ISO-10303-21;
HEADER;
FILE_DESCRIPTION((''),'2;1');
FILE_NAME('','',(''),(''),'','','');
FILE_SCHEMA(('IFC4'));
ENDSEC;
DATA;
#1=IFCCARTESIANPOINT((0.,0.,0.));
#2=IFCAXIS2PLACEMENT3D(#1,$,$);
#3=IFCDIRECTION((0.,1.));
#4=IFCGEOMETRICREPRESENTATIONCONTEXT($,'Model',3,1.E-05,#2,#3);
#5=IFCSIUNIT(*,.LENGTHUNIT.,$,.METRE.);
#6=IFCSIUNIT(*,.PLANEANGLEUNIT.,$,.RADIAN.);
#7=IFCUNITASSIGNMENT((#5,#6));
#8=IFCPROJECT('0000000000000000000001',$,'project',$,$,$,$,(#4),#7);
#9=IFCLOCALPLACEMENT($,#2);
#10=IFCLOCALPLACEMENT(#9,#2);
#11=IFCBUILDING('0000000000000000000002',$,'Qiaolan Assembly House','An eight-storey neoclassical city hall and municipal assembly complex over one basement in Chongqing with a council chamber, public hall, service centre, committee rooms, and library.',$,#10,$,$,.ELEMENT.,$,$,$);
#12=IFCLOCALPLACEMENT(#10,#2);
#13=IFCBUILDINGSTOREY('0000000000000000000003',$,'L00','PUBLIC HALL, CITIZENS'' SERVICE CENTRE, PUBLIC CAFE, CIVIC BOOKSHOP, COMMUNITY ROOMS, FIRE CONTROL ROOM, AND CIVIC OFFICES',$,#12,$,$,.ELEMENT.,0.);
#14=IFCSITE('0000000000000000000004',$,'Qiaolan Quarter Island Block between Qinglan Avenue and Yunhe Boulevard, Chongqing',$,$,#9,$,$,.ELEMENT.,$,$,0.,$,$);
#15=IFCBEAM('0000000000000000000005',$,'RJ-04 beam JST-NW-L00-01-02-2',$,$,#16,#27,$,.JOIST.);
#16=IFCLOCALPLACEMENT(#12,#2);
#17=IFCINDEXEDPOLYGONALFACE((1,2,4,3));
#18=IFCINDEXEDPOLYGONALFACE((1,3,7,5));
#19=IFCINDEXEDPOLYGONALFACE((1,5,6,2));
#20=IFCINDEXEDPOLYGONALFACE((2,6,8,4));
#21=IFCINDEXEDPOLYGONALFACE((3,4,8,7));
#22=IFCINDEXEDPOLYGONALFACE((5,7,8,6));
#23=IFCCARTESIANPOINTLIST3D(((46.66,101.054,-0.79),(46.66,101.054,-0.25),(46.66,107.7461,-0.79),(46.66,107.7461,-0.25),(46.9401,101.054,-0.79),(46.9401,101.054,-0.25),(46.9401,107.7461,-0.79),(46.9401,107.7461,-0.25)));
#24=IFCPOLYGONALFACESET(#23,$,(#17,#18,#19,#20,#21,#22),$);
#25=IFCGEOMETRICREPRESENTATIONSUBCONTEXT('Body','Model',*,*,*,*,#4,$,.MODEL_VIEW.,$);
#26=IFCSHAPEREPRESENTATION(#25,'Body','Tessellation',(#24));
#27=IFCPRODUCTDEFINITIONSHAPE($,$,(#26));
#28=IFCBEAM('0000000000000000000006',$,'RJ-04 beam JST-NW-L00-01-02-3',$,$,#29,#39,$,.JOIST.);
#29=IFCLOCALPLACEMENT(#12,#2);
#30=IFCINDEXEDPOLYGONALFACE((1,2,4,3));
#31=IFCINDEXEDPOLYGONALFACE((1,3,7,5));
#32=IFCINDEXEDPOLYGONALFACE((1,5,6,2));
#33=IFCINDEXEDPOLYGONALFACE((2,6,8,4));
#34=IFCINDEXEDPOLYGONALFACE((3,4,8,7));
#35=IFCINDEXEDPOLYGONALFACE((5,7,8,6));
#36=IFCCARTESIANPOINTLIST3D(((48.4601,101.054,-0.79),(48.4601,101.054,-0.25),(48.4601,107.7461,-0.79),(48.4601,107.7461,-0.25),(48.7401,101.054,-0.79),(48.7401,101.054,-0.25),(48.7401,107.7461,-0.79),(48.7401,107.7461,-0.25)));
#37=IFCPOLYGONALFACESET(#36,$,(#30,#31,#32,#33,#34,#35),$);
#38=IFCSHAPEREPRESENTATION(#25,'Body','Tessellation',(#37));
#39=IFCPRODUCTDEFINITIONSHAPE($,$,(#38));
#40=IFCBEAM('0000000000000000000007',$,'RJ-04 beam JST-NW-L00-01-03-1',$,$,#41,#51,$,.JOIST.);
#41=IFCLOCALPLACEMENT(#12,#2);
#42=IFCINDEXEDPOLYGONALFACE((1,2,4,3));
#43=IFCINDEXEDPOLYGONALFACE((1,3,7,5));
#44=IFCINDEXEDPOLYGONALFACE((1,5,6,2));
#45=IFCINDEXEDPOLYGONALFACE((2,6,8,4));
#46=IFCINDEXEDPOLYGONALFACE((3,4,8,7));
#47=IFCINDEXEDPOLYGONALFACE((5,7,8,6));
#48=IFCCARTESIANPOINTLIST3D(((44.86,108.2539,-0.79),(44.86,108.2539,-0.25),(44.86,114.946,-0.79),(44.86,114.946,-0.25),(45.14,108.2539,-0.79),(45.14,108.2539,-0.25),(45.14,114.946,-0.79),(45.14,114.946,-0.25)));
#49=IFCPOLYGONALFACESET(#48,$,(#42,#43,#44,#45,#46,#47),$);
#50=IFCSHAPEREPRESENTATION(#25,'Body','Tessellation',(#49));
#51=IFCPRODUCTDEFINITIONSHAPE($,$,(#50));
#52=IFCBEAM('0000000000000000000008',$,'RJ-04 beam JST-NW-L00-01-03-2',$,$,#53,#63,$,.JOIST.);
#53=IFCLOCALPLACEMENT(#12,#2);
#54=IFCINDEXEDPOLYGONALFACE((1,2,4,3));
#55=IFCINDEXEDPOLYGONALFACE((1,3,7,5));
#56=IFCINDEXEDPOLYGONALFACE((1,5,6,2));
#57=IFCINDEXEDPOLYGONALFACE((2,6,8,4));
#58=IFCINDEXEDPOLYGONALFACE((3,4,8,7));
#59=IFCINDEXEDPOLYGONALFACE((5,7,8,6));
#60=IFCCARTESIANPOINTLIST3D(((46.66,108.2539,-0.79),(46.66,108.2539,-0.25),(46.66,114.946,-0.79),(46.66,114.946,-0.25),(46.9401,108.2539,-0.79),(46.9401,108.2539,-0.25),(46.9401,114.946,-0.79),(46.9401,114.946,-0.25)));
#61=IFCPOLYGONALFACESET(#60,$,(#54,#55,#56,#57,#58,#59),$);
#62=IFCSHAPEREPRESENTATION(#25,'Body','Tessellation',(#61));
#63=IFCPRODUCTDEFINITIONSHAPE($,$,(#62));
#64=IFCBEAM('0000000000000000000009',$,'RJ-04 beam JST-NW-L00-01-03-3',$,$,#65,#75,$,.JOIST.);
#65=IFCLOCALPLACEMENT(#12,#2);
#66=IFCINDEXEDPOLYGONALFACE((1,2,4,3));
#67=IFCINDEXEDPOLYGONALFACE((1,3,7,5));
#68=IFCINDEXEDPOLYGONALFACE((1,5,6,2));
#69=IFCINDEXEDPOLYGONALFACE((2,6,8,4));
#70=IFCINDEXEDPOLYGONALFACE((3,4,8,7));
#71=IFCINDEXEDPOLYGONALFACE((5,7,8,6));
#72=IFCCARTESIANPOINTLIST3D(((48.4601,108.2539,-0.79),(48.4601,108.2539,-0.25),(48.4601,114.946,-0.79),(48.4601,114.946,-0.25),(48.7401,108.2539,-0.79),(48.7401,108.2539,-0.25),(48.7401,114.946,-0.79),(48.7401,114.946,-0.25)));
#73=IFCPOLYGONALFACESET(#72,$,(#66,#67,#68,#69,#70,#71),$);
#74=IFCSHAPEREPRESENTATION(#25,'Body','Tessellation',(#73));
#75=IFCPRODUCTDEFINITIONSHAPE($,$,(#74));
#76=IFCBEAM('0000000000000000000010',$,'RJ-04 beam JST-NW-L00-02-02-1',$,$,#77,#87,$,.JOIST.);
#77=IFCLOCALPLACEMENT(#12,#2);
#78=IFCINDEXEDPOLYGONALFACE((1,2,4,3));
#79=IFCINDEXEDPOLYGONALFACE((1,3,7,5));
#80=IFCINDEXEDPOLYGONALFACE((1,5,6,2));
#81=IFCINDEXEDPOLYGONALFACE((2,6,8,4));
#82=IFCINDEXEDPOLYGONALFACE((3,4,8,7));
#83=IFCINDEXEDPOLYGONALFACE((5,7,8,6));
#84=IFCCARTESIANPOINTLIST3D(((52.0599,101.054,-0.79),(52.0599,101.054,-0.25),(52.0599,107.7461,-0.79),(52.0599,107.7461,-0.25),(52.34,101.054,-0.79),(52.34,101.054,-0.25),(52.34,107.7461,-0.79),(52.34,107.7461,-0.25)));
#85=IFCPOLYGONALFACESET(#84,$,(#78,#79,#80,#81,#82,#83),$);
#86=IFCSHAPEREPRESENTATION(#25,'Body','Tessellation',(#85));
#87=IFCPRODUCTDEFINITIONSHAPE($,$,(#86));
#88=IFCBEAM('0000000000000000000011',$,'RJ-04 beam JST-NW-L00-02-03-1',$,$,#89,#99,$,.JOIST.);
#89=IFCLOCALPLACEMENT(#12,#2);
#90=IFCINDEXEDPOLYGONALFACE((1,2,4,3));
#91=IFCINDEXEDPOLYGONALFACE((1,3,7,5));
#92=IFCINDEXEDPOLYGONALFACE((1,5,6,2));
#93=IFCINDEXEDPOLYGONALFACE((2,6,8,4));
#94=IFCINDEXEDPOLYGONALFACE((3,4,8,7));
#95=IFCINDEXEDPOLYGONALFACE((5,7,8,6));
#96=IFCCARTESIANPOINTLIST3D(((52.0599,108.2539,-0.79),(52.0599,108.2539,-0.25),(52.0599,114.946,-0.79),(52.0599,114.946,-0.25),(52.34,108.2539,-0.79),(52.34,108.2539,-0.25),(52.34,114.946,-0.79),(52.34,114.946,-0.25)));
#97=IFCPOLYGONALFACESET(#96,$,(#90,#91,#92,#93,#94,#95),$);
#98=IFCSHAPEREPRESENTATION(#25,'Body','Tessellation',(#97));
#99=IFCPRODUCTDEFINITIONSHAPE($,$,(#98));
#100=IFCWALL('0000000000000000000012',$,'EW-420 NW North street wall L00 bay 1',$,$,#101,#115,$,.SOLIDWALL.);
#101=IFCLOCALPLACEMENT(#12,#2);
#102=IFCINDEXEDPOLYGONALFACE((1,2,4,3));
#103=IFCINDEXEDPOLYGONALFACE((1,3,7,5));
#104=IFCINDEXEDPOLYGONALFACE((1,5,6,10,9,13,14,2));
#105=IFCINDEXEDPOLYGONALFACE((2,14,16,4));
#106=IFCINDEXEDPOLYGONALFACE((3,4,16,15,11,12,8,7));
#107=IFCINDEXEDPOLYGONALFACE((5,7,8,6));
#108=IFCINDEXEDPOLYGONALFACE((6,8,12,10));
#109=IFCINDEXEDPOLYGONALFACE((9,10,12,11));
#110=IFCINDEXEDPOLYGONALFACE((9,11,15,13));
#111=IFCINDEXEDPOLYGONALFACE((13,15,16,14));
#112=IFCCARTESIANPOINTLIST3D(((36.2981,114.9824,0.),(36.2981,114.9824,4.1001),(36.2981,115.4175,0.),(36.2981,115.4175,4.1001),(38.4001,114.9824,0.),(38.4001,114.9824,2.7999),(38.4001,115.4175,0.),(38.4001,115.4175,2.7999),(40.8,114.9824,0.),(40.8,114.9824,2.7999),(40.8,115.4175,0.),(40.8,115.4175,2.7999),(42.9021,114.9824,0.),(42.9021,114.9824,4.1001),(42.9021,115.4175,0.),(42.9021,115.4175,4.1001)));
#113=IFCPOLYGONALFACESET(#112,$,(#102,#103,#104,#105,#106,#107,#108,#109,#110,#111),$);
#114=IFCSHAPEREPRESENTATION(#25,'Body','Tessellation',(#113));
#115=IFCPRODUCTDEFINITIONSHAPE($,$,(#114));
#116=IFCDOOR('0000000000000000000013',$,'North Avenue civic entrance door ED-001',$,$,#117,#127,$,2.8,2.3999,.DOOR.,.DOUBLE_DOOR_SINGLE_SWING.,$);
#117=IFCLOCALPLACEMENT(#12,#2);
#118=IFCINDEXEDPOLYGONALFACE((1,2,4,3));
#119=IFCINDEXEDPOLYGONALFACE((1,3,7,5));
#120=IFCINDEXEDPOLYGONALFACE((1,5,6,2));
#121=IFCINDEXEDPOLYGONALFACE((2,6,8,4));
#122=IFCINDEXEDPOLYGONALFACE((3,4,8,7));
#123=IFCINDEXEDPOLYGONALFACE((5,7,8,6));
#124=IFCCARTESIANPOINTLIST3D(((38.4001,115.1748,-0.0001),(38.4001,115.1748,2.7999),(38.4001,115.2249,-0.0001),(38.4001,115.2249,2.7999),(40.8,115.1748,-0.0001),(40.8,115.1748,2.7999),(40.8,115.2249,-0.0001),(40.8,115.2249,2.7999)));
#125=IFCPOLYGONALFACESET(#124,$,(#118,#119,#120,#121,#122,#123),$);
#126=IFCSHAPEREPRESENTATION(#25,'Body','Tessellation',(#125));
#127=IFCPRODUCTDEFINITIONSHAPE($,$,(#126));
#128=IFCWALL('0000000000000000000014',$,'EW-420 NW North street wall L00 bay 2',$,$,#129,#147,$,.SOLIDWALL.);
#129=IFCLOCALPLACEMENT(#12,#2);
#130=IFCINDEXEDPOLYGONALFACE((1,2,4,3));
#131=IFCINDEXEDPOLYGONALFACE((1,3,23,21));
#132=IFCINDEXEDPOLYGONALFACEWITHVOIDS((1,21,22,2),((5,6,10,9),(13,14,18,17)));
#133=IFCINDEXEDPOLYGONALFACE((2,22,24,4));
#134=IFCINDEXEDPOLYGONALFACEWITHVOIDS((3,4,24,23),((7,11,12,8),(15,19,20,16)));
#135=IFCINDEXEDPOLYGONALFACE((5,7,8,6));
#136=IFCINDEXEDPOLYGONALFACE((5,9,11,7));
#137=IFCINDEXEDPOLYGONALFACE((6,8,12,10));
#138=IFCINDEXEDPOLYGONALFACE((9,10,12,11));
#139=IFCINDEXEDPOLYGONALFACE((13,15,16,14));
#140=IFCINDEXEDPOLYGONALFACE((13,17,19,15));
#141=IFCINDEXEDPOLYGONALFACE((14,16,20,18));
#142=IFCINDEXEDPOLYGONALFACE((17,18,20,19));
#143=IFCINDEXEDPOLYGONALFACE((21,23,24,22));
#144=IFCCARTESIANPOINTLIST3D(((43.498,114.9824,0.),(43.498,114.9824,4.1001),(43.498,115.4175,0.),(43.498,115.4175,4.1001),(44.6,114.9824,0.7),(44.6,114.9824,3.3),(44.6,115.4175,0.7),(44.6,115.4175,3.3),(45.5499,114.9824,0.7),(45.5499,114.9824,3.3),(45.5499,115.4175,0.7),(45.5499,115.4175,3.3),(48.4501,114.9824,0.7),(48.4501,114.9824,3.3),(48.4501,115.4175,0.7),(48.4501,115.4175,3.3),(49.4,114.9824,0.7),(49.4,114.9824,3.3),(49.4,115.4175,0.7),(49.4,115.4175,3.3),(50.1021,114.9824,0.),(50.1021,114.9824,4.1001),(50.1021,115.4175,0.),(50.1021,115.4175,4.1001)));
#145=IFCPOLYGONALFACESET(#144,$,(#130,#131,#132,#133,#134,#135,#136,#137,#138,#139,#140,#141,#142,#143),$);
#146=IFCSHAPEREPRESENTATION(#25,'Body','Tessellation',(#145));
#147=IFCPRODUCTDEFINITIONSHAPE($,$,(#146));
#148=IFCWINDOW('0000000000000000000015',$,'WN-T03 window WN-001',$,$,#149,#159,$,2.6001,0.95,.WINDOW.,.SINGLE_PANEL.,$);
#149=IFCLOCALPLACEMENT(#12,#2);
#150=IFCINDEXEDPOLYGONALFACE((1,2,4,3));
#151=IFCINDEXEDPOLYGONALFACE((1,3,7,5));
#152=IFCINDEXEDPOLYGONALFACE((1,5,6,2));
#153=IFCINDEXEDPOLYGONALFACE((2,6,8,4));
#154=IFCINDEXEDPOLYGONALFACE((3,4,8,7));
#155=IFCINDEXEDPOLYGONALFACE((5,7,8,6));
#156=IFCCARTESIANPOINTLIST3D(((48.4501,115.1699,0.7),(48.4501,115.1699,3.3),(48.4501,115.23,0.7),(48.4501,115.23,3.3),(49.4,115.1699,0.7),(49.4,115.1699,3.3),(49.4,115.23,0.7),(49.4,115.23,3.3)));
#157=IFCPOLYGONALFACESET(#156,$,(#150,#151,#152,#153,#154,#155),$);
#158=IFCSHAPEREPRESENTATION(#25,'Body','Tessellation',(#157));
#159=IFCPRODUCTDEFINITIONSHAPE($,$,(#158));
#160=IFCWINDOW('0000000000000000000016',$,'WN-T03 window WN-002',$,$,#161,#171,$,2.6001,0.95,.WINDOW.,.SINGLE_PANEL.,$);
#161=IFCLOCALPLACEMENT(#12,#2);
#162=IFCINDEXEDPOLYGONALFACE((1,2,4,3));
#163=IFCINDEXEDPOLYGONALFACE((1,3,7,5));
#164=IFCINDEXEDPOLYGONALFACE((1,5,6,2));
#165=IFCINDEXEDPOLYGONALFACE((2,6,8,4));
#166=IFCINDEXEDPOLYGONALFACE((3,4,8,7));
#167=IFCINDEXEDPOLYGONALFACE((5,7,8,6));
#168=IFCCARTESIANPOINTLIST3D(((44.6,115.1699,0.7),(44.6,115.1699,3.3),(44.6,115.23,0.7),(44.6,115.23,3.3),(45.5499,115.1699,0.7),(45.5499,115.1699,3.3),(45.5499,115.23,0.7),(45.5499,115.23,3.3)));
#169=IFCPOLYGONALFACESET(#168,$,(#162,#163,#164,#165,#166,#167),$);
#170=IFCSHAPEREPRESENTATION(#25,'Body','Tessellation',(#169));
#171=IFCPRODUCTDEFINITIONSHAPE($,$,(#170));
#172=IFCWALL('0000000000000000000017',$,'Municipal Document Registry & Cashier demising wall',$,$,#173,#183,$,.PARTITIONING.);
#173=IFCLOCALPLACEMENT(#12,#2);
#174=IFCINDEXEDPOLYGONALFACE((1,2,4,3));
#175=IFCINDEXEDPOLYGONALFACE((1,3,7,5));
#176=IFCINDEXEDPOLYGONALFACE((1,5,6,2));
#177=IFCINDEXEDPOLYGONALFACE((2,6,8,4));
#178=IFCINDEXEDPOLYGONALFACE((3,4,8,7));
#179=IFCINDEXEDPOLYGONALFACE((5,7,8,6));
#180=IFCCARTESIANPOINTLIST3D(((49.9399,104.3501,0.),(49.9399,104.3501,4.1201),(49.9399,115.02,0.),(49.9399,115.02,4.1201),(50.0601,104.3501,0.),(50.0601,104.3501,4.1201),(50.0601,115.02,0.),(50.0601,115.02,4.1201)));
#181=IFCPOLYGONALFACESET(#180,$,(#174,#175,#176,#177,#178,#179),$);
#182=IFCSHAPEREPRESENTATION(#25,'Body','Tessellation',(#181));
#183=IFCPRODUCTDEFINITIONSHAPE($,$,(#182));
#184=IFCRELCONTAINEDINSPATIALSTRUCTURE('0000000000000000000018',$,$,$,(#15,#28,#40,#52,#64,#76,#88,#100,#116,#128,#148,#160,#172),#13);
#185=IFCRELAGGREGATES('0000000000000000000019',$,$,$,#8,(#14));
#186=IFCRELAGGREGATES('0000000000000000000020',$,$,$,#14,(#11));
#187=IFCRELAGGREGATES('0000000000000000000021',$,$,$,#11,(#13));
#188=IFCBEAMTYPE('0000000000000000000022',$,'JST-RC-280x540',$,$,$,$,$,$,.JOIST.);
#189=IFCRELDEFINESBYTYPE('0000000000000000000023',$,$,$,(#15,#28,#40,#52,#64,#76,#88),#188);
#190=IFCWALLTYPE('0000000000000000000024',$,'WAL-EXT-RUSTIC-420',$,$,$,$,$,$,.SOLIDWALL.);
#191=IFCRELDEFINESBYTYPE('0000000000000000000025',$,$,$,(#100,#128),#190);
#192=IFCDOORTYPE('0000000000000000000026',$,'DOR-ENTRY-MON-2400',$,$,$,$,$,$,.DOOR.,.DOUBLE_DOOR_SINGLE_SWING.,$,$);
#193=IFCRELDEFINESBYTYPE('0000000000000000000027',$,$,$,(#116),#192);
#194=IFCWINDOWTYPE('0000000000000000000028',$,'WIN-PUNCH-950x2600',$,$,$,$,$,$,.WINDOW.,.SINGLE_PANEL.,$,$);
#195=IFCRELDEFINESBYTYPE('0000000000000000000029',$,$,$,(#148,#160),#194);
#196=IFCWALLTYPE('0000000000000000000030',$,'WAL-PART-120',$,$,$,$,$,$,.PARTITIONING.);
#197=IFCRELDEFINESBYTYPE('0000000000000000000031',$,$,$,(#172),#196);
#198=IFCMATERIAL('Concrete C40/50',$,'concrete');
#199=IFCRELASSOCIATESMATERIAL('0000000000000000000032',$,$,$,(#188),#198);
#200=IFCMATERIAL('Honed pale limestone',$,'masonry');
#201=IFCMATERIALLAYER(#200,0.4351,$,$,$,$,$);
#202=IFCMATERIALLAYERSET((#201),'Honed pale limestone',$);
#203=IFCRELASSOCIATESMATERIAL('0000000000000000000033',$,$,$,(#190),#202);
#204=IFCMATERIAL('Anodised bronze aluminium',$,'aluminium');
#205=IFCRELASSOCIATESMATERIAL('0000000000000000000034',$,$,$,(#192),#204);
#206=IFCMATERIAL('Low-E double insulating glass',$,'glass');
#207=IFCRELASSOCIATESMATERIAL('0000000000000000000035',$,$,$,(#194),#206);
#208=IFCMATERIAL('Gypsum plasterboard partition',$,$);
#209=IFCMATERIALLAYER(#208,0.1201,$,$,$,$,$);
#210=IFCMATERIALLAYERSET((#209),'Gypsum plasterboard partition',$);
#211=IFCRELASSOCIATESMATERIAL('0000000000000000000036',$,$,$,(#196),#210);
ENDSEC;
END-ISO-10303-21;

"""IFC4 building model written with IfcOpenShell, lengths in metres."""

from ifc_helpers import new_model, si_unit, direction, frame, frame_2d, origin, origin_2d, place, context, subcontext, project, spatial, rectangle, extrude, material, layer, layer_set, material_profile, profile_set, type_object, element, fill, save


model = new_model("IFC4")

# Units and contexts
model_context = context("Model", 3, precision=1e-05, world=origin(), true_north=direction((0.0, 1.0)))
body_context = subcontext(model_context, "Body", "Model", "MODEL_VIEW")
ifc_project = project(units=[si_unit("LENGTHUNIT", "METRE"), si_unit("PLANEANGLEUNIT", "RADIAN")], contexts=[model_context])

# Site, building, storey
site_placement = place(None, origin())
site = spatial("IfcSite", under=ifc_project, at=site_placement, Name="Qiaolan Quarter Island Block between Qinglan Avenue and Yunhe Boulevard, Chongqing", CompositionType="ELEMENT", RefElevation=0.0)
building_placement = place(site_placement, origin())
building = spatial("IfcBuilding", under=site, at=building_placement, Name="Qiaolan Assembly House", Description="An eight-storey neoclassical city hall and municipal assembly complex over one basement in Chongqing with a council chamber, public hall, service centre, committee rooms, and library.", CompositionType="ELEMENT")
storey_placement = place(building_placement, origin())
storey = spatial("IfcBuildingStorey", under=building, at=storey_placement, Name="L00", Description="PUBLIC HALL, CITIZENS' SERVICE CENTRE, PUBLIC CAFE, CIVIC BOOKSHOP, COMMUNITY ROOMS, FIRE CONTROL ROOM, AND CIVIC OFFICES", CompositionType="ELEMENT", Elevation=0.0)

# Beams
ifc_material_1 = material(Name="Concrete C40/50", Category="concrete")
ifc_material_profile_1 = material_profile(ifc_material_1, rectangle(XDim=0.28, YDim=0.54, at=origin_2d()), Name="RCB 280x540")
ifc_profile_set_1 = profile_set([ifc_material_profile_1], Name="Concrete C40/50")
beam_type_1 = type_object("IfcBeamType", Name="JST-RC-280x540", PredefinedType="JOIST", material=ifc_profile_set_1)
for number, where, z_axis, x_axis, name in (
    (1, (46.8, 101.054, -0.52), (0.0, 1.0, 0.0), (-1.0, 0.0, 0.0), "RJ-04 beam JST-NW-L00-01-02-2"),
    (2, (48.6001, 101.054, -0.52), (0.0, 1.0, 0.0), (-1.0, 0.0, 0.0), "RJ-04 beam JST-NW-L00-01-02-3"),
    (3, (45.0, 108.2539, -0.52), (0.0, 1.0, 0.0), (-1.0, 0.0, 0.0), "RJ-04 beam JST-NW-L00-01-03-1"),
    (4, (46.8, 108.2539, -0.52), (0.0, 1.0, 0.0), (-1.0, 0.0, 0.0), "RJ-04 beam JST-NW-L00-01-03-2"),
    (5, (48.6001, 108.2539, -0.52), (0.0, 1.0, 0.0), (-1.0, 0.0, 0.0), "RJ-04 beam JST-NW-L00-01-03-3"),
    (6, (52.2, 101.054, -0.52), (0.0, 1.0, 0.0), (-1.0, 0.0, 0.0), "RJ-04 beam JST-NW-L00-02-02-1"),
    (7, (52.2, 108.2539, -0.52), (0.0, 1.0, 0.0), (-1.0, 0.0, 0.0), "RJ-04 beam JST-NW-L00-02-03-1"),
):
    element("IfcBeam", number, at=place(storey_placement, frame(where, z_axis=z_axis, x_axis=x_axis)), inside=storey, type_object=beam_type_1, Name=name, PredefinedType="JOIST", context=body_context, shape_type="SweptSolid", body=[
        extrude(rectangle(XDim=0.28, YDim=0.54, at=origin_2d()), origin(), (0.0, 0.0, 1.0), 6.6921),
    ])

# Wall, opening, door
ifc_material_2 = material(Name="Honed pale limestone", Category="masonry")
ifc_layer_1 = layer(ifc_material_2, 0.4351)
ifc_layer_set_1 = layer_set([ifc_layer_1], Name="Honed pale limestone")
wall_type_1 = type_object("IfcWallType", Name="WAL-EXT-RUSTIC-420", PredefinedType="SOLIDWALL", material=ifc_layer_set_1)
wall_1_placement = place(storey_placement, frame((42.9021, 115.2, 0.0), z_axis=(0.0, 0.0, 1.0), x_axis=(-1.0, 0.0, 0.0)))
wall_1 = element("IfcWall", 8, at=wall_1_placement, inside=storey, type_object=wall_type_1, Name="EW-420 NW North street wall L00 bay 1", PredefinedType="SOLIDWALL", context=body_context, shape_type="SweptSolid", body=[
    extrude(rectangle(XDim=6.604, YDim=0.4351, at=frame_2d((3.302, 0.0))), origin(), (0.0, 0.0, 1.0), 4.1001),
])
opening_1_placement = place(wall_1_placement, frame((2.1021, 0.0, 0.0)))
opening_1 = element("IfcOpeningElement", 9, at=opening_1_placement, cuts=wall_1, PredefinedType="OPENING", context=body_context, shape_type="SweptSolid", body=[
    extrude(rectangle(XDim=2.3999, YDim=2.8, at=frame_2d((1.2, 1.3999))), frame((0.0, 0.2275, 0.0), z_axis=(0.0, -1.0, 0.0), x_axis=(1.0, 0.0, 0.0)), (0.0, 0.0, 1.0), 0.4551),
])
ifc_material_3 = material(Name="Anodised bronze aluminium", Category="aluminium")
door_type_1 = type_object("IfcDoorType", Name="DOR-ENTRY-MON-2400", OperationType="DOUBLE_DOOR_SINGLE_SWING", PredefinedType="DOOR", material=ifc_material_3)
door_1_placement = place(opening_1_placement, frame((2.3999, 0.0, 0.0), z_axis=(0.0, 0.0, 1.0), x_axis=(-1.0, 0.0, 0.0)))
door_1 = element("IfcDoor", 10, at=door_1_placement, inside=storey, type_object=door_type_1, Name="North Avenue civic entrance door ED-001", OperationType="DOUBLE_DOOR_SINGLE_SWING", OverallHeight=2.8, OverallWidth=2.3999, PredefinedType="DOOR", context=body_context, shape_type="SweptSolid", body=[
    extrude(rectangle(XDim=2.3999, YDim=2.8, at=frame_2d((1.2, 1.3999))), frame((0.0, 0.0249, 0.0), z_axis=(0.0, -1.0, 0.0), x_axis=(1.0, 0.0, 0.0)), (0.0, 0.0, 1.0), 0.05),
])
fill(opening_1, door_1)

# Wall, openings, windows
wall_2_placement = place(storey_placement, frame((50.1021, 115.2, 0.0), z_axis=(0.0, 0.0, 1.0), x_axis=(-1.0, 0.0, 0.0)))
wall_2 = element("IfcWall", 11, at=wall_2_placement, inside=storey, type_object=wall_type_1, Name="EW-420 NW North street wall L00 bay 2", PredefinedType="SOLIDWALL", context=body_context, shape_type="SweptSolid", body=[
    extrude(rectangle(XDim=6.604, YDim=0.4351, at=frame_2d((3.302, 0.0))), origin(), (0.0, 0.0, 1.0), 4.1001),
])
opening_2_placement = place(wall_2_placement, frame((0.7019, 0.0, 0.7)))
opening_2 = element("IfcOpeningElement", 12, at=opening_2_placement, cuts=wall_2, PredefinedType="OPENING", context=body_context, shape_type="SweptSolid", body=[
    extrude(rectangle(XDim=0.95, YDim=2.6001, at=frame_2d((0.4751, 1.3))), frame((0.0, 0.2275, 0.0), z_axis=(0.0, -1.0, 0.0), x_axis=(1.0, 0.0, 0.0)), (0.0, 0.0, 1.0), 0.4551),
])
opening_3_placement = place(wall_2_placement, frame((4.552, 0.0, 0.7)))
opening_3 = element("IfcOpeningElement", 13, at=opening_3_placement, cuts=wall_2, PredefinedType="OPENING", context=body_context, shape_type="SweptSolid", body=[
    extrude(rectangle(XDim=0.95, YDim=2.6001, at=frame_2d((0.4751, 1.3))), frame((0.0, 0.2275, 0.0), z_axis=(0.0, -1.0, 0.0), x_axis=(1.0, 0.0, 0.0)), (0.0, 0.0, 1.0), 0.4551),
])
ifc_material_4 = material(Name="Low-E double insulating glass", Category="glass")
window_type = type_object("IfcWindowType", Name="WIN-PUNCH-950x2600", PartitioningType="SINGLE_PANEL", PredefinedType="WINDOW", material=ifc_material_4)
window_1_placement = place(opening_2_placement, origin())
window_1 = element("IfcWindow", 14, at=window_1_placement, inside=storey, type_object=window_type, Name="WN-T03 window WN-001", OverallHeight=2.6001, OverallWidth=0.95, PartitioningType="SINGLE_PANEL", PredefinedType="WINDOW", context=body_context, shape_type="SweptSolid", body=[
    extrude(rectangle(XDim=0.95, YDim=2.6001, at=frame_2d((0.4751, 1.3))), frame((0.0, 0.03, 0.0), z_axis=(0.0, -1.0, 0.0), x_axis=(1.0, 0.0, 0.0)), (0.0, 0.0, 1.0), 0.0601),
])
fill(opening_2, window_1)
window_2_placement = place(opening_3_placement, origin())
window_2 = element("IfcWindow", 15, at=window_2_placement, inside=storey, type_object=window_type, Name="WN-T03 window WN-002", OverallHeight=2.6001, OverallWidth=0.95, PartitioningType="SINGLE_PANEL", PredefinedType="WINDOW", context=body_context, shape_type="SweptSolid", body=[
    extrude(rectangle(XDim=0.95, YDim=2.6001, at=frame_2d((0.4751, 1.3))), frame((0.0, 0.03, 0.0), z_axis=(0.0, -1.0, 0.0), x_axis=(1.0, 0.0, 0.0)), (0.0, 0.0, 1.0), 0.0601),
])
fill(opening_3, window_2)

# Wall
ifc_material_5 = material(Name="Gypsum plasterboard partition")
ifc_layer_2 = layer(ifc_material_5, 0.1201)
ifc_layer_set_2 = layer_set([ifc_layer_2], Name="Gypsum plasterboard partition")
wall_type_2 = type_object("IfcWallType", Name="WAL-PART-120", PredefinedType="PARTITIONING", material=ifc_layer_set_2)
wall_3_placement = place(storey_placement, frame((50.0, 104.3501, 0.0), z_axis=(0.0, 0.0, 1.0), x_axis=(0.0, 1.0, 0.0)))
element("IfcWall", 16, at=wall_3_placement, inside=storey, type_object=wall_type_2, Name="Municipal Document Registry & Cashier demising wall", PredefinedType="PARTITIONING", context=body_context, shape_type="SweptSolid", body=[
    extrude(rectangle(XDim=10.6699, YDim=0.1201, at=frame_2d((5.335, 0.0))), origin(), (0.0, 0.0, 1.0), 4.1201),
])

save(model, "model.ifc")
